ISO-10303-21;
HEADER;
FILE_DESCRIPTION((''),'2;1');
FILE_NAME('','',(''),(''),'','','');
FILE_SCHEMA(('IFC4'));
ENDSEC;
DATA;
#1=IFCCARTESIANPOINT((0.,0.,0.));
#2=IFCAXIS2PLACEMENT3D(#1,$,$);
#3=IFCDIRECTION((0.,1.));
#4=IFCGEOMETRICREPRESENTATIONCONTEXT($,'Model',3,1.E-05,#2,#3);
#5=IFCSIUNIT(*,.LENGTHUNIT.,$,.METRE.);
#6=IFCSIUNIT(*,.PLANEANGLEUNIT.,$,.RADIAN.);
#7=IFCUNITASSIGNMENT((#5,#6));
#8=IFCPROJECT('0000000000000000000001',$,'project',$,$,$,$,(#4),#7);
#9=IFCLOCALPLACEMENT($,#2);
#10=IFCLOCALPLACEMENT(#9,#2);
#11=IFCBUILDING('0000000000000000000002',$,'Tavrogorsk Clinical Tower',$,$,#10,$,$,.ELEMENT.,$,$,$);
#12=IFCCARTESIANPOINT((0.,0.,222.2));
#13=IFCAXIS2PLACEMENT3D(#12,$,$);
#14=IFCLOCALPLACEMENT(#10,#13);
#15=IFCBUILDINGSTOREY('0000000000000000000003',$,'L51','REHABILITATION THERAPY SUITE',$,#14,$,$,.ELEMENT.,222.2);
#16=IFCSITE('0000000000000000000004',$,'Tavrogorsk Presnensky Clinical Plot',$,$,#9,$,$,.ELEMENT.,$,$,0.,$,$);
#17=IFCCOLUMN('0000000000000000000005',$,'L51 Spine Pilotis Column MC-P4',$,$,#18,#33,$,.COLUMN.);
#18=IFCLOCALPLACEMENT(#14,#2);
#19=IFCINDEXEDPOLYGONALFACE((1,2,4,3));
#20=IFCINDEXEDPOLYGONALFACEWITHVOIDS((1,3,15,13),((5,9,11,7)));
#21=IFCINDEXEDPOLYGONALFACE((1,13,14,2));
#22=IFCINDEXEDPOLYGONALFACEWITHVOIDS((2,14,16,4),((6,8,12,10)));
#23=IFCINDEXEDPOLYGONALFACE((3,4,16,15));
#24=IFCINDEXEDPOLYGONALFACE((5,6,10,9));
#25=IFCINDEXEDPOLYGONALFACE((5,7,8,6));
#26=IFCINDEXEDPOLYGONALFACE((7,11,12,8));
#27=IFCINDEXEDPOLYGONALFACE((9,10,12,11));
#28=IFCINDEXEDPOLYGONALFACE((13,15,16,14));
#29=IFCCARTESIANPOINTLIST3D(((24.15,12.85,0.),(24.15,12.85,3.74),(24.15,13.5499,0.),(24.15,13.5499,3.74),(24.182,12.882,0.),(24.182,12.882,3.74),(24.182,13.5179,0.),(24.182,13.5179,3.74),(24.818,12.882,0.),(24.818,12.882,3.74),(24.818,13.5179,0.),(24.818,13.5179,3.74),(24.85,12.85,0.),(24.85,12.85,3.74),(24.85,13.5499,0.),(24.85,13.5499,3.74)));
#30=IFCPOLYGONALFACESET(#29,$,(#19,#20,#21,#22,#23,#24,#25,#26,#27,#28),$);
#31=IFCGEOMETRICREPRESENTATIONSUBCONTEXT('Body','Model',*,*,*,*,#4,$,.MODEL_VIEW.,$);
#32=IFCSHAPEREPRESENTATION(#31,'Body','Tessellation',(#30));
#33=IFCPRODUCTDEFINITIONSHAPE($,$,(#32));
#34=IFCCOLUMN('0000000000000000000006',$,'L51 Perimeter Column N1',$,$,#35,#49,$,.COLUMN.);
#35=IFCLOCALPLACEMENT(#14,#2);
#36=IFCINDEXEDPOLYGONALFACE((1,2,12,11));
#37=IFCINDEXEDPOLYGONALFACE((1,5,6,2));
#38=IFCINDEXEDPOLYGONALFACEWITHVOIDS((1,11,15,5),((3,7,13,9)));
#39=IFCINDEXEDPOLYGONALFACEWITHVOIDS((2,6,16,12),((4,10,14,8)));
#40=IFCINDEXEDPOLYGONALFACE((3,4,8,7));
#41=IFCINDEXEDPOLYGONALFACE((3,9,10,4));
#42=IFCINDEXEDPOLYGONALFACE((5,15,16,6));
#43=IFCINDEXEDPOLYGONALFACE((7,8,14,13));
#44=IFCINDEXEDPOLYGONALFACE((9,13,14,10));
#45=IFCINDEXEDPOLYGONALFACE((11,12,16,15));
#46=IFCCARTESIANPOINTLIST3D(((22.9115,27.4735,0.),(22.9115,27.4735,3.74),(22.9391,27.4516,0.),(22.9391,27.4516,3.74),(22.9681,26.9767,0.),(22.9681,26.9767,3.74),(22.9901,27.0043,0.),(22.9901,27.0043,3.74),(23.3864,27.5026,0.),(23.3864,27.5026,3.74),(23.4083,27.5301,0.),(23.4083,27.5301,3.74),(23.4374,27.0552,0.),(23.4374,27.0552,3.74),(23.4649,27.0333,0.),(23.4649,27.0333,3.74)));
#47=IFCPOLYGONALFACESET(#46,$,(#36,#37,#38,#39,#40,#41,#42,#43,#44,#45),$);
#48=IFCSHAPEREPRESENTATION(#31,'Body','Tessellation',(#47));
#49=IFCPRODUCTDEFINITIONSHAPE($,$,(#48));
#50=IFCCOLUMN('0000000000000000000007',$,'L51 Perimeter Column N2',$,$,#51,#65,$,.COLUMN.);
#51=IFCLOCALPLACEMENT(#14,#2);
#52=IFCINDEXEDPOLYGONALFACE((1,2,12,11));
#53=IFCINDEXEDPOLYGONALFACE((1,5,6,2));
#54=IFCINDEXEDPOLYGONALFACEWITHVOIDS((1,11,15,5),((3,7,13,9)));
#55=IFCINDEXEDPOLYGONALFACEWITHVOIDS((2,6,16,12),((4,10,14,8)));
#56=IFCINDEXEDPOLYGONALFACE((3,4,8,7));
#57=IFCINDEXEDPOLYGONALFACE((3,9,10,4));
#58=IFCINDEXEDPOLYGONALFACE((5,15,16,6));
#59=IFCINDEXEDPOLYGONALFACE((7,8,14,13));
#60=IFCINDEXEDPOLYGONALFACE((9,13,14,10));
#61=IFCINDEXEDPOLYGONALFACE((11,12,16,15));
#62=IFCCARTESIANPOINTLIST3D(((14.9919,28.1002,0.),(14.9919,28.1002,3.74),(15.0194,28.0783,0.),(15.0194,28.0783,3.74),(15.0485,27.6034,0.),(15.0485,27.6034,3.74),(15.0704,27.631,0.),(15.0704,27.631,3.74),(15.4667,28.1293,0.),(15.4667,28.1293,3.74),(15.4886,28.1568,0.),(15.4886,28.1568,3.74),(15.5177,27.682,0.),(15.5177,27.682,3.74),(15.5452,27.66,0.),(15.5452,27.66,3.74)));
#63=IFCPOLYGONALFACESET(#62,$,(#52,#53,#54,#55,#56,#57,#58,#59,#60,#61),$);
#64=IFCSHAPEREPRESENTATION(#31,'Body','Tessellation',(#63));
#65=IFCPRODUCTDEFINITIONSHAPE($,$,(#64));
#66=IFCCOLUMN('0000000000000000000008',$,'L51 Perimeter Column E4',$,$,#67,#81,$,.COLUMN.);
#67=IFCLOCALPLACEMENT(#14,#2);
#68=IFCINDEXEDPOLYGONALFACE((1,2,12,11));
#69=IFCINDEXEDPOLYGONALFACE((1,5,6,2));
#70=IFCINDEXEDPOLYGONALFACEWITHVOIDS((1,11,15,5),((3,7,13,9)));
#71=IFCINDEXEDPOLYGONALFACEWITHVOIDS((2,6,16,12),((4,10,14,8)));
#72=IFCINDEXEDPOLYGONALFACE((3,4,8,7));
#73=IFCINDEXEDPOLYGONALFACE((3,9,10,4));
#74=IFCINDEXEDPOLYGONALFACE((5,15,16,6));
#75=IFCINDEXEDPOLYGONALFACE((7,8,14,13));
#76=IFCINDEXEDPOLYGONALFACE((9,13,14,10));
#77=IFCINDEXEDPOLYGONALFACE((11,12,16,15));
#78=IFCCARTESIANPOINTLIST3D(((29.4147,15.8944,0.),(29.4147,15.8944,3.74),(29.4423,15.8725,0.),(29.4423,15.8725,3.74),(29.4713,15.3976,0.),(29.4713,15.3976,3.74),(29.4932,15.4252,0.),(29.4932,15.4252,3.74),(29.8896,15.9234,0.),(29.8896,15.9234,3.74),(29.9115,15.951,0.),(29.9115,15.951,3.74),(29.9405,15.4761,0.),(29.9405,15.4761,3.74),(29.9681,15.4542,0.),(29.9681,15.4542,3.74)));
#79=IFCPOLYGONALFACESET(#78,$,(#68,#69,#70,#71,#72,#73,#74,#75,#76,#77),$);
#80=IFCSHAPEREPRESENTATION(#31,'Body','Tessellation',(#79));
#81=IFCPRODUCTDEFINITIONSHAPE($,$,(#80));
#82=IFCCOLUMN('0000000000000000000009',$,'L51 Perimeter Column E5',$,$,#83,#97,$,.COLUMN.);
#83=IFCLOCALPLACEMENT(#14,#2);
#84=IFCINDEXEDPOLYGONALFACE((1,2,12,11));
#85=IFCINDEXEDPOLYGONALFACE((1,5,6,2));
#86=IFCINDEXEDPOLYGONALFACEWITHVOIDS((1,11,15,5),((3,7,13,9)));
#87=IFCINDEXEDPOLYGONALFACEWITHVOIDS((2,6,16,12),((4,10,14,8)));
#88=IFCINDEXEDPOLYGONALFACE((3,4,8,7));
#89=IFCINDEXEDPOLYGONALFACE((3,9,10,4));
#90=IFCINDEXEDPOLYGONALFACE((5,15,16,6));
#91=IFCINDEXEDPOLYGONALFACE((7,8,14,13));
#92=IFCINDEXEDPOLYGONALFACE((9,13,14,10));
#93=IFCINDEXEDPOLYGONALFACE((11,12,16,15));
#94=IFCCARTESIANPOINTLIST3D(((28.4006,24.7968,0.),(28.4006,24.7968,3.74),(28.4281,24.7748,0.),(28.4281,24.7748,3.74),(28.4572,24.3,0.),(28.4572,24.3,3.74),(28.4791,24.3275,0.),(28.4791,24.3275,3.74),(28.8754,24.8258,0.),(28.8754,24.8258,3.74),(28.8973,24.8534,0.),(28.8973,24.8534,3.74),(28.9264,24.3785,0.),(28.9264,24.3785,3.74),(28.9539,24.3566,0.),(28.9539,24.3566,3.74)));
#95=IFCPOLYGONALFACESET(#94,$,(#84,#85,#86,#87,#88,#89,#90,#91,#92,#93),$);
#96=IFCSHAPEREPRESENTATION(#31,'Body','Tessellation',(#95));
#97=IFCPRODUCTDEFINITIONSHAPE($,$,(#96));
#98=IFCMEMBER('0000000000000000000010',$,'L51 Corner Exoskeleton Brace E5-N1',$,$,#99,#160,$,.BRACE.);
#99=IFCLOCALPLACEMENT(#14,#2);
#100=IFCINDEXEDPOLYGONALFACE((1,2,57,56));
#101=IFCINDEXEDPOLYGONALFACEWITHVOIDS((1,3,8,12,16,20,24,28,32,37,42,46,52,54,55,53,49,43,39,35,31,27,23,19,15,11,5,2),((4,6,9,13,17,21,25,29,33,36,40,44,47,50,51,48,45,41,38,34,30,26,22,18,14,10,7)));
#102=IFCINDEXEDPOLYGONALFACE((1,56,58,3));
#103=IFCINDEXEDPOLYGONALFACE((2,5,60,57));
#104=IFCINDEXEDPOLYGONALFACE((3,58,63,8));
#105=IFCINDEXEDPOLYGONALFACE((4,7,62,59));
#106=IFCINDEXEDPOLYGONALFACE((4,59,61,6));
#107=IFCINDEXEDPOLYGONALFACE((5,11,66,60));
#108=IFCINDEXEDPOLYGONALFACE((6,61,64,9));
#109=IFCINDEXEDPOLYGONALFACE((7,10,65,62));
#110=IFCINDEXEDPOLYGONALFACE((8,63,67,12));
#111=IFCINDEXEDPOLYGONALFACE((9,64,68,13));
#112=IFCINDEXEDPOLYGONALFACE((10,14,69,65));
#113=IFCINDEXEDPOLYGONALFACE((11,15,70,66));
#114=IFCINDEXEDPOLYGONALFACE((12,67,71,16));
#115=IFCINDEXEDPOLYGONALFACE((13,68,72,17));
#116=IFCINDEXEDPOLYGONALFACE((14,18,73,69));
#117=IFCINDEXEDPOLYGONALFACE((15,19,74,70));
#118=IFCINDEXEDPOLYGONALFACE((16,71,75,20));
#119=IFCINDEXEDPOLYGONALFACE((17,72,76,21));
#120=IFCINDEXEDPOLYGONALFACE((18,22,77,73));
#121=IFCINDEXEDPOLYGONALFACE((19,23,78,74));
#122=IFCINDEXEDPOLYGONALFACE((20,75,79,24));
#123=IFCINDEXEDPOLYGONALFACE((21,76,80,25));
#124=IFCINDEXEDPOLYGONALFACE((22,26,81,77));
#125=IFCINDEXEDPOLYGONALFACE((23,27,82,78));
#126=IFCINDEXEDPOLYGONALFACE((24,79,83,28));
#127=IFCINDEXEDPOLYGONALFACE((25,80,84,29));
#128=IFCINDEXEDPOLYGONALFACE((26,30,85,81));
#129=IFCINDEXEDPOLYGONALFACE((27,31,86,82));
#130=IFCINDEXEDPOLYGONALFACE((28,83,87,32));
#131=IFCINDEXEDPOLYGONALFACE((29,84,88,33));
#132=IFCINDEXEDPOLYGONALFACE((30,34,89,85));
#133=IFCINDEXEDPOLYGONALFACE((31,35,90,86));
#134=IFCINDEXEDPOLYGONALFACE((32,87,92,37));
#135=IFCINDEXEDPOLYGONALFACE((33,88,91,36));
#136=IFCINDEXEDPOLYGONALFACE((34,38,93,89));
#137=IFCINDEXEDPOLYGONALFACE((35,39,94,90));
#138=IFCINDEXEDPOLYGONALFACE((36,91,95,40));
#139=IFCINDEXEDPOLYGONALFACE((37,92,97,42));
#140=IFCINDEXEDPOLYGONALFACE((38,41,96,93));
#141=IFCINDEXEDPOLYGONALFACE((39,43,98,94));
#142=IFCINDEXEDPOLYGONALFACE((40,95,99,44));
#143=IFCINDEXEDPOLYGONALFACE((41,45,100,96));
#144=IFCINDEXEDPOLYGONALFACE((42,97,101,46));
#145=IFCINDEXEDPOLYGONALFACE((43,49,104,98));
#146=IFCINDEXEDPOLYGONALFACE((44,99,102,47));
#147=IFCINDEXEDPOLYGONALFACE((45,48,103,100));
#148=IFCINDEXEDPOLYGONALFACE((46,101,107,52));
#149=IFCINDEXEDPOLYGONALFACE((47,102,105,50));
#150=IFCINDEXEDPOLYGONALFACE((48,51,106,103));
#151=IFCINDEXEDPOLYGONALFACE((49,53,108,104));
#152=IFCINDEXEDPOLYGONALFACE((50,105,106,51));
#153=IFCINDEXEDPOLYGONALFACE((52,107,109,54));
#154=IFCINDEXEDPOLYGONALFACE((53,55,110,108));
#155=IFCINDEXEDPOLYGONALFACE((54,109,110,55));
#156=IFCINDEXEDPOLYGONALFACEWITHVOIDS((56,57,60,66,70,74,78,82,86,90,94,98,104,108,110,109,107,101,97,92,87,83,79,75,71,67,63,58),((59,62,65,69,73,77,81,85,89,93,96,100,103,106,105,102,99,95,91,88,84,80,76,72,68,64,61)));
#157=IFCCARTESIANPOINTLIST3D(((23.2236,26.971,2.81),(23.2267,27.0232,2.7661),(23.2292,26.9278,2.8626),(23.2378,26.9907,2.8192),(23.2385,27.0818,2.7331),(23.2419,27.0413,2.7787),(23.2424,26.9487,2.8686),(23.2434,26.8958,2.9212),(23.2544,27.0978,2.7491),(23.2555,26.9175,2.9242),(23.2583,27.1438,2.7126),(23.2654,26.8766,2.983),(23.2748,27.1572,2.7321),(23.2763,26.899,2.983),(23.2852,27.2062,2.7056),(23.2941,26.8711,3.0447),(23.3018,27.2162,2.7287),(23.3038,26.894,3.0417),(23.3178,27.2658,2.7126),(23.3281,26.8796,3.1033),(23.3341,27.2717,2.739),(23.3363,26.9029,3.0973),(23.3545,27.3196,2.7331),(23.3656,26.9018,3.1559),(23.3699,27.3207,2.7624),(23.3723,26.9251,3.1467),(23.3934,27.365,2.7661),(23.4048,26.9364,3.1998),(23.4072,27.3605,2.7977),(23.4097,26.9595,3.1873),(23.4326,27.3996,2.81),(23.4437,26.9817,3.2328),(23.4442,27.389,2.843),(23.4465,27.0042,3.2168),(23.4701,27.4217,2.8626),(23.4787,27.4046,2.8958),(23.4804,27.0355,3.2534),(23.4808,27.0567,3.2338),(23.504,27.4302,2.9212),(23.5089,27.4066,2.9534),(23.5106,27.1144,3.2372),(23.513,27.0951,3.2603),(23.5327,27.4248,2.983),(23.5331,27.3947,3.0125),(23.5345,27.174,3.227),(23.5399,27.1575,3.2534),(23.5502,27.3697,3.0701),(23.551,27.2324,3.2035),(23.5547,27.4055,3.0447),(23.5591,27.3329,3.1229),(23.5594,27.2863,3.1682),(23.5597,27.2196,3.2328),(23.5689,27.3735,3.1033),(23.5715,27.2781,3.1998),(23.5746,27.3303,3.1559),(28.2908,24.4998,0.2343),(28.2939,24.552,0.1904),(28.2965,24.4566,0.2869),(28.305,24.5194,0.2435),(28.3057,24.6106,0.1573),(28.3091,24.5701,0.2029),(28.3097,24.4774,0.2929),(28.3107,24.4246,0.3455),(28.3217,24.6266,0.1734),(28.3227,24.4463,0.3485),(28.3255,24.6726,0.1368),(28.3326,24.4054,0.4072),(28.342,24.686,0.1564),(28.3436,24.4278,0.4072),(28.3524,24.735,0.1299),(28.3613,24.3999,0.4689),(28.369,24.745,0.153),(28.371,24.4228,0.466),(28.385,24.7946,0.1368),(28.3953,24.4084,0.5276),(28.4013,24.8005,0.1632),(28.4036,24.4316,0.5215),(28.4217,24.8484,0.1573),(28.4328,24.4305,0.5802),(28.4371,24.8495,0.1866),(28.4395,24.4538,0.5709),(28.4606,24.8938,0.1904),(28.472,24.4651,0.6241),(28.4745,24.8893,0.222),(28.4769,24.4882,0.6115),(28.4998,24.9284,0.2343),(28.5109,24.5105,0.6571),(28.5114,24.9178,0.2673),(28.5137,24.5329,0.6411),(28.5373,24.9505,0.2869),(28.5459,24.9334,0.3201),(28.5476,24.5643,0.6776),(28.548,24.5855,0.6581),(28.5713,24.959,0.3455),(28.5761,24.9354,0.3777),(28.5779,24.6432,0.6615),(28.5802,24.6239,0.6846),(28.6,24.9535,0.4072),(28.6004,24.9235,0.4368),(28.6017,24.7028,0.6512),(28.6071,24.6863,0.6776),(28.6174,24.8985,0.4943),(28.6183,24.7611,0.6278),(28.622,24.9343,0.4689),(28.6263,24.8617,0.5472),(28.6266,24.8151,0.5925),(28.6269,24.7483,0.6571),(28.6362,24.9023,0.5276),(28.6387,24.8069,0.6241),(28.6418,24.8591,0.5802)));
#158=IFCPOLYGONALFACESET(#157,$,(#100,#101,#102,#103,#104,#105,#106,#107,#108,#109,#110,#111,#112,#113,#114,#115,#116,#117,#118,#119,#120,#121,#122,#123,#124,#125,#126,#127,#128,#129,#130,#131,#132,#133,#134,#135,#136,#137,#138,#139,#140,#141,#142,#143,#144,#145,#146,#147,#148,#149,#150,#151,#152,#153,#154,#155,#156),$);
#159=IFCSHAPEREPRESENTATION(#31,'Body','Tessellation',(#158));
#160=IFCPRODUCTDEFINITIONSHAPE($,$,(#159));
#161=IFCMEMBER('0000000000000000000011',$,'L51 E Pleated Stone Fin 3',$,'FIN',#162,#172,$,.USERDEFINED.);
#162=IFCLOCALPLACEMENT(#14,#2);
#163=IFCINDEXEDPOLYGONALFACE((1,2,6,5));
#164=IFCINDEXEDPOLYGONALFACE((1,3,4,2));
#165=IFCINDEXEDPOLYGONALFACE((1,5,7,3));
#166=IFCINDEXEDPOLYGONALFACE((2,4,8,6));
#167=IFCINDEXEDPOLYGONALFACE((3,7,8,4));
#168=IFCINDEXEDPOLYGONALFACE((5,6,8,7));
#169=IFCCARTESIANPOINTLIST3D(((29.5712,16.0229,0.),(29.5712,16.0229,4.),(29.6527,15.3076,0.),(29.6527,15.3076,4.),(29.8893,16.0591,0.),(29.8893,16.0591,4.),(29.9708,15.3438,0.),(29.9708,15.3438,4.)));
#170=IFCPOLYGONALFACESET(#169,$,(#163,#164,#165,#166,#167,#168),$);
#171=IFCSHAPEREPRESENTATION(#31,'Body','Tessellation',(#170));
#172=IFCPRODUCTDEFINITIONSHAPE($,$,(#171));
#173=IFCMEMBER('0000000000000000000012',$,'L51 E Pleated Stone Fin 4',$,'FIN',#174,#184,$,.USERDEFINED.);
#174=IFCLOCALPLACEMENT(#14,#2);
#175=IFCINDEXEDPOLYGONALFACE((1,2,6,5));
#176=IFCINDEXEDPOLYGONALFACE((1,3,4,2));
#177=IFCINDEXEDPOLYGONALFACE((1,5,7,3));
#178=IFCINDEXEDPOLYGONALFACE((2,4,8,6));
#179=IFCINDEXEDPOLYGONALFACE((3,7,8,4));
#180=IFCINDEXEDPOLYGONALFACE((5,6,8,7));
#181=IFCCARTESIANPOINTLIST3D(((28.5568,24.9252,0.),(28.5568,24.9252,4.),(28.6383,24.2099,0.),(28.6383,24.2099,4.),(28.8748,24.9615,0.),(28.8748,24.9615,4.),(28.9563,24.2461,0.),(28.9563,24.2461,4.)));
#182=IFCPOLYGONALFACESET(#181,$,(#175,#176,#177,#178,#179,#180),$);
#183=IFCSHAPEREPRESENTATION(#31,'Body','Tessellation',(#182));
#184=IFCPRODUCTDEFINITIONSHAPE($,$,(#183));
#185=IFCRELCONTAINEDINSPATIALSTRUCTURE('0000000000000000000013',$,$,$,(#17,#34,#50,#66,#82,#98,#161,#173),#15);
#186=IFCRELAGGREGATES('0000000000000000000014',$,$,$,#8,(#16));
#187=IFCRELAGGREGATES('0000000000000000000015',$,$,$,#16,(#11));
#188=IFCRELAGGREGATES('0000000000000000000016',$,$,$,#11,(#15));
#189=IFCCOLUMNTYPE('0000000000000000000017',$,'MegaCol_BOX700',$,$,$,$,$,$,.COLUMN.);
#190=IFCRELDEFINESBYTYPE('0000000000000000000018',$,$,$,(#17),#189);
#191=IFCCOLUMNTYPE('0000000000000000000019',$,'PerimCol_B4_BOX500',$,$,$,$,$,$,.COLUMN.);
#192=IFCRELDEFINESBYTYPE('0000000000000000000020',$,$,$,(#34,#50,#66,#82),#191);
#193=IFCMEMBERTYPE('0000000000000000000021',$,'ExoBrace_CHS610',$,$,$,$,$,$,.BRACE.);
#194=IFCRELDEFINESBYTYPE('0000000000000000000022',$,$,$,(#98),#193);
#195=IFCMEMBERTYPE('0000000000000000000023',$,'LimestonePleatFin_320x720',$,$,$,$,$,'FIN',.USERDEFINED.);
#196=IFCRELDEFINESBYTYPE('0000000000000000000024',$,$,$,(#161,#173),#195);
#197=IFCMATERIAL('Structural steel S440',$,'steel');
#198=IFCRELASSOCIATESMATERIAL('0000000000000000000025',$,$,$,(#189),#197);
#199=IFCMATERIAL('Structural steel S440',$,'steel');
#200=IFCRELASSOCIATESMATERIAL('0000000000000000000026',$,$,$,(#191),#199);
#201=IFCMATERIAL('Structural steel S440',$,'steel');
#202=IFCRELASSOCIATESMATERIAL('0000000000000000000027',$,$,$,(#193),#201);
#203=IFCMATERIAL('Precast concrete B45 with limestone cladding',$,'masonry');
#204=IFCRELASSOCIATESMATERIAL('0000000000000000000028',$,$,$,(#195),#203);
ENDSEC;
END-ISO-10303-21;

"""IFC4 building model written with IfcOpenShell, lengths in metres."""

from ifc_helpers import new_model, si_unit, direction, frame, origin, origin_2d, place, context, subcontext, project, spatial, rectangle, hollow_rectangle, hollow_circle, extrude, material, material_profile, profile_set, type_object, element, save


model = new_model("IFC4")

# Units and contexts
model_context = context("Model", 3, precision=1e-05, world=origin(), true_north=direction((0.0, 1.0)))
body_context = subcontext(model_context, "Body", "Model", "MODEL_VIEW")
ifc_project = project(units=[si_unit("LENGTHUNIT", "METRE"), si_unit("PLANEANGLEUNIT", "RADIAN")], contexts=[model_context])

# Site, building, storey
site_placement = place(None, origin())
site = spatial("IfcSite", under=ifc_project, at=site_placement, Name="Tavrogorsk Presnensky Clinical Plot", CompositionType="ELEMENT", RefElevation=0.0)
building_placement = place(site_placement, origin())
building = spatial("IfcBuilding", under=site, at=building_placement, Name="Tavrogorsk Clinical Tower", CompositionType="ELEMENT")
storey_placement = place(building_placement, frame((0.0, 0.0, 222.2)))
storey = spatial("IfcBuildingStorey", under=building, at=storey_placement, Name="L51", Description="REHABILITATION THERAPY SUITE", CompositionType="ELEMENT", Elevation=222.2)

# Columns
ifc_material_1 = material(Name="Structural steel S440", Category="steel")
ifc_material_profile_1 = material_profile(ifc_material_1, hollow_rectangle(XDim=0.7, YDim=0.7, WallThickness=0.032, at=origin_2d()), Name="BOX-700x700x32")
ifc_profile_set_1 = profile_set([ifc_material_profile_1], Name="Structural steel S440")
column_type_1 = type_object("IfcColumnType", Name="MegaCol_BOX700", PredefinedType="COLUMN", material=ifc_profile_set_1)
column_placement = place(storey_placement, frame((24.5, 13.2, 0.0), z_axis=(0.0, 0.0, 1.0), x_axis=(1.0, 0.0, 0.0)))
element("IfcColumn", 1, at=column_placement, inside=storey, type_object=column_type_1, Name="L51 Spine Pilotis Column MC-P4", PredefinedType="COLUMN", context=body_context, shape_type="SweptSolid", body=[
    extrude(hollow_rectangle(XDim=0.7, YDim=0.7, WallThickness=0.032, at=origin_2d()), origin(), (0.0, 0.0, 1.0), 3.74),
])
ifc_material_2 = material(Name="Structural steel S440", Category="steel")
ifc_material_profile_2 = material_profile(ifc_material_2, hollow_rectangle(XDim=0.5, YDim=0.5, WallThickness=0.0249, at=origin_2d()), Name="BOX-500x500x25")
ifc_profile_set_2 = profile_set([ifc_material_profile_2], Name="Structural steel S440")
column_type_2 = type_object("IfcColumnType", Name="PerimCol_B4_BOX500", PredefinedType="COLUMN", material=ifc_profile_set_2)
for number, where, z_axis, x_axis, name in (
    (2, (23.1882, 27.2534, 0.0), (0.0, 0.0, 1.0), (0.993572, 0.113203, 0.0), "L51 Perimeter Column N1"),
    (3, (15.2686, 27.8801, 0.0), (0.0, 0.0, 1.0), (0.993572, 0.113203, 0.0), "L51 Perimeter Column N2"),
    (4, (29.6914, 15.6743, 0.0), (0.0, 0.0, 1.0), (0.993572, 0.113203, 0.0), "L51 Perimeter Column E4"),
    (5, (28.6772, 24.5767, 0.0), (0.0, 0.0, 1.0), (0.993572, 0.113203, 0.0), "L51 Perimeter Column E5"),
):
    element("IfcColumn", number, at=place(storey_placement, frame(where, z_axis=z_axis, x_axis=x_axis)), inside=storey, type_object=column_type_2, Name=name, PredefinedType="COLUMN", context=body_context, shape_type="SweptSolid", body=[
        extrude(hollow_rectangle(XDim=0.5, YDim=0.5, WallThickness=0.0249, at=origin_2d()), origin(), (0.0, 0.0, 1.0), 3.74),
    ])

# Members
ifc_material_3 = material(Name="Structural steel S440", Category="steel")
ifc_material_profile_3 = material_profile(ifc_material_3, hollow_circle(Radius=0.3049, WallThickness=0.0249, at=origin_2d()), Name="CHS-610x25")
ifc_profile_set_3 = profile_set([ifc_material_profile_3], Name="Structural steel S440")
member_type_1 = type_object("IfcMemberType", Name="ExoBrace_CHS610", PredefinedType="BRACE", material=ifc_profile_set_3)
member_placement = place(storey_placement, frame((28.4663, 24.6794, 0.4072), z_axis=(-0.817527, 0.398699, 0.415558), x_axis=(-0.43834, -0.898809, 0.0)))
element("IfcMember", 6, at=member_placement, inside=storey, type_object=member_type_1, Name="L51 Corner Exoskeleton Brace E5-N1", PredefinedType="BRACE", context=body_context, shape_type="SweptSolid", body=[
    extrude(hollow_circle(Radius=0.3049, WallThickness=0.0249, at=origin_2d()), origin(), (0.0, 0.0, 1.0), 6.1982),
])
ifc_material_4 = material(Name="Precast concrete B45 with limestone cladding", Category="masonry")
ifc_material_profile_4 = material_profile(ifc_material_4, rectangle(XDim=0.3201, YDim=0.72, at=origin_2d()), Name="LIMESTONE-FIN-320x720")
ifc_profile_set_4 = profile_set([ifc_material_profile_4], Name="Precast concrete B45 with limestone cladding")
member_type_2 = type_object("IfcMemberType", Name="LimestonePleatFin_320x720", ElementType="FIN", PredefinedType="USERDEFINED", material=ifc_profile_set_4)
for number, where, z_axis, x_axis, name in (
    (7, (29.771, 15.6833, 0.0), (0.0, 0.0, 1.0), (0.993572, 0.113203, 0.0), "L51 E Pleated Stone Fin 3"),
    (8, (28.7566, 24.5857, 0.0), (0.0, 0.0, 1.0), (0.993572, 0.113203, 0.0), "L51 E Pleated Stone Fin 4"),
):
    element("IfcMember", number, at=place(storey_placement, frame(where, z_axis=z_axis, x_axis=x_axis)), inside=storey, type_object=member_type_2, Name=name, ObjectType="FIN", PredefinedType="USERDEFINED", context=body_context, shape_type="SweptSolid", body=[
        extrude(rectangle(XDim=0.3201, YDim=0.72, at=origin_2d()), origin(), (0.0, 0.0, 1.0), 4.0),
    ])

save(model, "model.ifc")
